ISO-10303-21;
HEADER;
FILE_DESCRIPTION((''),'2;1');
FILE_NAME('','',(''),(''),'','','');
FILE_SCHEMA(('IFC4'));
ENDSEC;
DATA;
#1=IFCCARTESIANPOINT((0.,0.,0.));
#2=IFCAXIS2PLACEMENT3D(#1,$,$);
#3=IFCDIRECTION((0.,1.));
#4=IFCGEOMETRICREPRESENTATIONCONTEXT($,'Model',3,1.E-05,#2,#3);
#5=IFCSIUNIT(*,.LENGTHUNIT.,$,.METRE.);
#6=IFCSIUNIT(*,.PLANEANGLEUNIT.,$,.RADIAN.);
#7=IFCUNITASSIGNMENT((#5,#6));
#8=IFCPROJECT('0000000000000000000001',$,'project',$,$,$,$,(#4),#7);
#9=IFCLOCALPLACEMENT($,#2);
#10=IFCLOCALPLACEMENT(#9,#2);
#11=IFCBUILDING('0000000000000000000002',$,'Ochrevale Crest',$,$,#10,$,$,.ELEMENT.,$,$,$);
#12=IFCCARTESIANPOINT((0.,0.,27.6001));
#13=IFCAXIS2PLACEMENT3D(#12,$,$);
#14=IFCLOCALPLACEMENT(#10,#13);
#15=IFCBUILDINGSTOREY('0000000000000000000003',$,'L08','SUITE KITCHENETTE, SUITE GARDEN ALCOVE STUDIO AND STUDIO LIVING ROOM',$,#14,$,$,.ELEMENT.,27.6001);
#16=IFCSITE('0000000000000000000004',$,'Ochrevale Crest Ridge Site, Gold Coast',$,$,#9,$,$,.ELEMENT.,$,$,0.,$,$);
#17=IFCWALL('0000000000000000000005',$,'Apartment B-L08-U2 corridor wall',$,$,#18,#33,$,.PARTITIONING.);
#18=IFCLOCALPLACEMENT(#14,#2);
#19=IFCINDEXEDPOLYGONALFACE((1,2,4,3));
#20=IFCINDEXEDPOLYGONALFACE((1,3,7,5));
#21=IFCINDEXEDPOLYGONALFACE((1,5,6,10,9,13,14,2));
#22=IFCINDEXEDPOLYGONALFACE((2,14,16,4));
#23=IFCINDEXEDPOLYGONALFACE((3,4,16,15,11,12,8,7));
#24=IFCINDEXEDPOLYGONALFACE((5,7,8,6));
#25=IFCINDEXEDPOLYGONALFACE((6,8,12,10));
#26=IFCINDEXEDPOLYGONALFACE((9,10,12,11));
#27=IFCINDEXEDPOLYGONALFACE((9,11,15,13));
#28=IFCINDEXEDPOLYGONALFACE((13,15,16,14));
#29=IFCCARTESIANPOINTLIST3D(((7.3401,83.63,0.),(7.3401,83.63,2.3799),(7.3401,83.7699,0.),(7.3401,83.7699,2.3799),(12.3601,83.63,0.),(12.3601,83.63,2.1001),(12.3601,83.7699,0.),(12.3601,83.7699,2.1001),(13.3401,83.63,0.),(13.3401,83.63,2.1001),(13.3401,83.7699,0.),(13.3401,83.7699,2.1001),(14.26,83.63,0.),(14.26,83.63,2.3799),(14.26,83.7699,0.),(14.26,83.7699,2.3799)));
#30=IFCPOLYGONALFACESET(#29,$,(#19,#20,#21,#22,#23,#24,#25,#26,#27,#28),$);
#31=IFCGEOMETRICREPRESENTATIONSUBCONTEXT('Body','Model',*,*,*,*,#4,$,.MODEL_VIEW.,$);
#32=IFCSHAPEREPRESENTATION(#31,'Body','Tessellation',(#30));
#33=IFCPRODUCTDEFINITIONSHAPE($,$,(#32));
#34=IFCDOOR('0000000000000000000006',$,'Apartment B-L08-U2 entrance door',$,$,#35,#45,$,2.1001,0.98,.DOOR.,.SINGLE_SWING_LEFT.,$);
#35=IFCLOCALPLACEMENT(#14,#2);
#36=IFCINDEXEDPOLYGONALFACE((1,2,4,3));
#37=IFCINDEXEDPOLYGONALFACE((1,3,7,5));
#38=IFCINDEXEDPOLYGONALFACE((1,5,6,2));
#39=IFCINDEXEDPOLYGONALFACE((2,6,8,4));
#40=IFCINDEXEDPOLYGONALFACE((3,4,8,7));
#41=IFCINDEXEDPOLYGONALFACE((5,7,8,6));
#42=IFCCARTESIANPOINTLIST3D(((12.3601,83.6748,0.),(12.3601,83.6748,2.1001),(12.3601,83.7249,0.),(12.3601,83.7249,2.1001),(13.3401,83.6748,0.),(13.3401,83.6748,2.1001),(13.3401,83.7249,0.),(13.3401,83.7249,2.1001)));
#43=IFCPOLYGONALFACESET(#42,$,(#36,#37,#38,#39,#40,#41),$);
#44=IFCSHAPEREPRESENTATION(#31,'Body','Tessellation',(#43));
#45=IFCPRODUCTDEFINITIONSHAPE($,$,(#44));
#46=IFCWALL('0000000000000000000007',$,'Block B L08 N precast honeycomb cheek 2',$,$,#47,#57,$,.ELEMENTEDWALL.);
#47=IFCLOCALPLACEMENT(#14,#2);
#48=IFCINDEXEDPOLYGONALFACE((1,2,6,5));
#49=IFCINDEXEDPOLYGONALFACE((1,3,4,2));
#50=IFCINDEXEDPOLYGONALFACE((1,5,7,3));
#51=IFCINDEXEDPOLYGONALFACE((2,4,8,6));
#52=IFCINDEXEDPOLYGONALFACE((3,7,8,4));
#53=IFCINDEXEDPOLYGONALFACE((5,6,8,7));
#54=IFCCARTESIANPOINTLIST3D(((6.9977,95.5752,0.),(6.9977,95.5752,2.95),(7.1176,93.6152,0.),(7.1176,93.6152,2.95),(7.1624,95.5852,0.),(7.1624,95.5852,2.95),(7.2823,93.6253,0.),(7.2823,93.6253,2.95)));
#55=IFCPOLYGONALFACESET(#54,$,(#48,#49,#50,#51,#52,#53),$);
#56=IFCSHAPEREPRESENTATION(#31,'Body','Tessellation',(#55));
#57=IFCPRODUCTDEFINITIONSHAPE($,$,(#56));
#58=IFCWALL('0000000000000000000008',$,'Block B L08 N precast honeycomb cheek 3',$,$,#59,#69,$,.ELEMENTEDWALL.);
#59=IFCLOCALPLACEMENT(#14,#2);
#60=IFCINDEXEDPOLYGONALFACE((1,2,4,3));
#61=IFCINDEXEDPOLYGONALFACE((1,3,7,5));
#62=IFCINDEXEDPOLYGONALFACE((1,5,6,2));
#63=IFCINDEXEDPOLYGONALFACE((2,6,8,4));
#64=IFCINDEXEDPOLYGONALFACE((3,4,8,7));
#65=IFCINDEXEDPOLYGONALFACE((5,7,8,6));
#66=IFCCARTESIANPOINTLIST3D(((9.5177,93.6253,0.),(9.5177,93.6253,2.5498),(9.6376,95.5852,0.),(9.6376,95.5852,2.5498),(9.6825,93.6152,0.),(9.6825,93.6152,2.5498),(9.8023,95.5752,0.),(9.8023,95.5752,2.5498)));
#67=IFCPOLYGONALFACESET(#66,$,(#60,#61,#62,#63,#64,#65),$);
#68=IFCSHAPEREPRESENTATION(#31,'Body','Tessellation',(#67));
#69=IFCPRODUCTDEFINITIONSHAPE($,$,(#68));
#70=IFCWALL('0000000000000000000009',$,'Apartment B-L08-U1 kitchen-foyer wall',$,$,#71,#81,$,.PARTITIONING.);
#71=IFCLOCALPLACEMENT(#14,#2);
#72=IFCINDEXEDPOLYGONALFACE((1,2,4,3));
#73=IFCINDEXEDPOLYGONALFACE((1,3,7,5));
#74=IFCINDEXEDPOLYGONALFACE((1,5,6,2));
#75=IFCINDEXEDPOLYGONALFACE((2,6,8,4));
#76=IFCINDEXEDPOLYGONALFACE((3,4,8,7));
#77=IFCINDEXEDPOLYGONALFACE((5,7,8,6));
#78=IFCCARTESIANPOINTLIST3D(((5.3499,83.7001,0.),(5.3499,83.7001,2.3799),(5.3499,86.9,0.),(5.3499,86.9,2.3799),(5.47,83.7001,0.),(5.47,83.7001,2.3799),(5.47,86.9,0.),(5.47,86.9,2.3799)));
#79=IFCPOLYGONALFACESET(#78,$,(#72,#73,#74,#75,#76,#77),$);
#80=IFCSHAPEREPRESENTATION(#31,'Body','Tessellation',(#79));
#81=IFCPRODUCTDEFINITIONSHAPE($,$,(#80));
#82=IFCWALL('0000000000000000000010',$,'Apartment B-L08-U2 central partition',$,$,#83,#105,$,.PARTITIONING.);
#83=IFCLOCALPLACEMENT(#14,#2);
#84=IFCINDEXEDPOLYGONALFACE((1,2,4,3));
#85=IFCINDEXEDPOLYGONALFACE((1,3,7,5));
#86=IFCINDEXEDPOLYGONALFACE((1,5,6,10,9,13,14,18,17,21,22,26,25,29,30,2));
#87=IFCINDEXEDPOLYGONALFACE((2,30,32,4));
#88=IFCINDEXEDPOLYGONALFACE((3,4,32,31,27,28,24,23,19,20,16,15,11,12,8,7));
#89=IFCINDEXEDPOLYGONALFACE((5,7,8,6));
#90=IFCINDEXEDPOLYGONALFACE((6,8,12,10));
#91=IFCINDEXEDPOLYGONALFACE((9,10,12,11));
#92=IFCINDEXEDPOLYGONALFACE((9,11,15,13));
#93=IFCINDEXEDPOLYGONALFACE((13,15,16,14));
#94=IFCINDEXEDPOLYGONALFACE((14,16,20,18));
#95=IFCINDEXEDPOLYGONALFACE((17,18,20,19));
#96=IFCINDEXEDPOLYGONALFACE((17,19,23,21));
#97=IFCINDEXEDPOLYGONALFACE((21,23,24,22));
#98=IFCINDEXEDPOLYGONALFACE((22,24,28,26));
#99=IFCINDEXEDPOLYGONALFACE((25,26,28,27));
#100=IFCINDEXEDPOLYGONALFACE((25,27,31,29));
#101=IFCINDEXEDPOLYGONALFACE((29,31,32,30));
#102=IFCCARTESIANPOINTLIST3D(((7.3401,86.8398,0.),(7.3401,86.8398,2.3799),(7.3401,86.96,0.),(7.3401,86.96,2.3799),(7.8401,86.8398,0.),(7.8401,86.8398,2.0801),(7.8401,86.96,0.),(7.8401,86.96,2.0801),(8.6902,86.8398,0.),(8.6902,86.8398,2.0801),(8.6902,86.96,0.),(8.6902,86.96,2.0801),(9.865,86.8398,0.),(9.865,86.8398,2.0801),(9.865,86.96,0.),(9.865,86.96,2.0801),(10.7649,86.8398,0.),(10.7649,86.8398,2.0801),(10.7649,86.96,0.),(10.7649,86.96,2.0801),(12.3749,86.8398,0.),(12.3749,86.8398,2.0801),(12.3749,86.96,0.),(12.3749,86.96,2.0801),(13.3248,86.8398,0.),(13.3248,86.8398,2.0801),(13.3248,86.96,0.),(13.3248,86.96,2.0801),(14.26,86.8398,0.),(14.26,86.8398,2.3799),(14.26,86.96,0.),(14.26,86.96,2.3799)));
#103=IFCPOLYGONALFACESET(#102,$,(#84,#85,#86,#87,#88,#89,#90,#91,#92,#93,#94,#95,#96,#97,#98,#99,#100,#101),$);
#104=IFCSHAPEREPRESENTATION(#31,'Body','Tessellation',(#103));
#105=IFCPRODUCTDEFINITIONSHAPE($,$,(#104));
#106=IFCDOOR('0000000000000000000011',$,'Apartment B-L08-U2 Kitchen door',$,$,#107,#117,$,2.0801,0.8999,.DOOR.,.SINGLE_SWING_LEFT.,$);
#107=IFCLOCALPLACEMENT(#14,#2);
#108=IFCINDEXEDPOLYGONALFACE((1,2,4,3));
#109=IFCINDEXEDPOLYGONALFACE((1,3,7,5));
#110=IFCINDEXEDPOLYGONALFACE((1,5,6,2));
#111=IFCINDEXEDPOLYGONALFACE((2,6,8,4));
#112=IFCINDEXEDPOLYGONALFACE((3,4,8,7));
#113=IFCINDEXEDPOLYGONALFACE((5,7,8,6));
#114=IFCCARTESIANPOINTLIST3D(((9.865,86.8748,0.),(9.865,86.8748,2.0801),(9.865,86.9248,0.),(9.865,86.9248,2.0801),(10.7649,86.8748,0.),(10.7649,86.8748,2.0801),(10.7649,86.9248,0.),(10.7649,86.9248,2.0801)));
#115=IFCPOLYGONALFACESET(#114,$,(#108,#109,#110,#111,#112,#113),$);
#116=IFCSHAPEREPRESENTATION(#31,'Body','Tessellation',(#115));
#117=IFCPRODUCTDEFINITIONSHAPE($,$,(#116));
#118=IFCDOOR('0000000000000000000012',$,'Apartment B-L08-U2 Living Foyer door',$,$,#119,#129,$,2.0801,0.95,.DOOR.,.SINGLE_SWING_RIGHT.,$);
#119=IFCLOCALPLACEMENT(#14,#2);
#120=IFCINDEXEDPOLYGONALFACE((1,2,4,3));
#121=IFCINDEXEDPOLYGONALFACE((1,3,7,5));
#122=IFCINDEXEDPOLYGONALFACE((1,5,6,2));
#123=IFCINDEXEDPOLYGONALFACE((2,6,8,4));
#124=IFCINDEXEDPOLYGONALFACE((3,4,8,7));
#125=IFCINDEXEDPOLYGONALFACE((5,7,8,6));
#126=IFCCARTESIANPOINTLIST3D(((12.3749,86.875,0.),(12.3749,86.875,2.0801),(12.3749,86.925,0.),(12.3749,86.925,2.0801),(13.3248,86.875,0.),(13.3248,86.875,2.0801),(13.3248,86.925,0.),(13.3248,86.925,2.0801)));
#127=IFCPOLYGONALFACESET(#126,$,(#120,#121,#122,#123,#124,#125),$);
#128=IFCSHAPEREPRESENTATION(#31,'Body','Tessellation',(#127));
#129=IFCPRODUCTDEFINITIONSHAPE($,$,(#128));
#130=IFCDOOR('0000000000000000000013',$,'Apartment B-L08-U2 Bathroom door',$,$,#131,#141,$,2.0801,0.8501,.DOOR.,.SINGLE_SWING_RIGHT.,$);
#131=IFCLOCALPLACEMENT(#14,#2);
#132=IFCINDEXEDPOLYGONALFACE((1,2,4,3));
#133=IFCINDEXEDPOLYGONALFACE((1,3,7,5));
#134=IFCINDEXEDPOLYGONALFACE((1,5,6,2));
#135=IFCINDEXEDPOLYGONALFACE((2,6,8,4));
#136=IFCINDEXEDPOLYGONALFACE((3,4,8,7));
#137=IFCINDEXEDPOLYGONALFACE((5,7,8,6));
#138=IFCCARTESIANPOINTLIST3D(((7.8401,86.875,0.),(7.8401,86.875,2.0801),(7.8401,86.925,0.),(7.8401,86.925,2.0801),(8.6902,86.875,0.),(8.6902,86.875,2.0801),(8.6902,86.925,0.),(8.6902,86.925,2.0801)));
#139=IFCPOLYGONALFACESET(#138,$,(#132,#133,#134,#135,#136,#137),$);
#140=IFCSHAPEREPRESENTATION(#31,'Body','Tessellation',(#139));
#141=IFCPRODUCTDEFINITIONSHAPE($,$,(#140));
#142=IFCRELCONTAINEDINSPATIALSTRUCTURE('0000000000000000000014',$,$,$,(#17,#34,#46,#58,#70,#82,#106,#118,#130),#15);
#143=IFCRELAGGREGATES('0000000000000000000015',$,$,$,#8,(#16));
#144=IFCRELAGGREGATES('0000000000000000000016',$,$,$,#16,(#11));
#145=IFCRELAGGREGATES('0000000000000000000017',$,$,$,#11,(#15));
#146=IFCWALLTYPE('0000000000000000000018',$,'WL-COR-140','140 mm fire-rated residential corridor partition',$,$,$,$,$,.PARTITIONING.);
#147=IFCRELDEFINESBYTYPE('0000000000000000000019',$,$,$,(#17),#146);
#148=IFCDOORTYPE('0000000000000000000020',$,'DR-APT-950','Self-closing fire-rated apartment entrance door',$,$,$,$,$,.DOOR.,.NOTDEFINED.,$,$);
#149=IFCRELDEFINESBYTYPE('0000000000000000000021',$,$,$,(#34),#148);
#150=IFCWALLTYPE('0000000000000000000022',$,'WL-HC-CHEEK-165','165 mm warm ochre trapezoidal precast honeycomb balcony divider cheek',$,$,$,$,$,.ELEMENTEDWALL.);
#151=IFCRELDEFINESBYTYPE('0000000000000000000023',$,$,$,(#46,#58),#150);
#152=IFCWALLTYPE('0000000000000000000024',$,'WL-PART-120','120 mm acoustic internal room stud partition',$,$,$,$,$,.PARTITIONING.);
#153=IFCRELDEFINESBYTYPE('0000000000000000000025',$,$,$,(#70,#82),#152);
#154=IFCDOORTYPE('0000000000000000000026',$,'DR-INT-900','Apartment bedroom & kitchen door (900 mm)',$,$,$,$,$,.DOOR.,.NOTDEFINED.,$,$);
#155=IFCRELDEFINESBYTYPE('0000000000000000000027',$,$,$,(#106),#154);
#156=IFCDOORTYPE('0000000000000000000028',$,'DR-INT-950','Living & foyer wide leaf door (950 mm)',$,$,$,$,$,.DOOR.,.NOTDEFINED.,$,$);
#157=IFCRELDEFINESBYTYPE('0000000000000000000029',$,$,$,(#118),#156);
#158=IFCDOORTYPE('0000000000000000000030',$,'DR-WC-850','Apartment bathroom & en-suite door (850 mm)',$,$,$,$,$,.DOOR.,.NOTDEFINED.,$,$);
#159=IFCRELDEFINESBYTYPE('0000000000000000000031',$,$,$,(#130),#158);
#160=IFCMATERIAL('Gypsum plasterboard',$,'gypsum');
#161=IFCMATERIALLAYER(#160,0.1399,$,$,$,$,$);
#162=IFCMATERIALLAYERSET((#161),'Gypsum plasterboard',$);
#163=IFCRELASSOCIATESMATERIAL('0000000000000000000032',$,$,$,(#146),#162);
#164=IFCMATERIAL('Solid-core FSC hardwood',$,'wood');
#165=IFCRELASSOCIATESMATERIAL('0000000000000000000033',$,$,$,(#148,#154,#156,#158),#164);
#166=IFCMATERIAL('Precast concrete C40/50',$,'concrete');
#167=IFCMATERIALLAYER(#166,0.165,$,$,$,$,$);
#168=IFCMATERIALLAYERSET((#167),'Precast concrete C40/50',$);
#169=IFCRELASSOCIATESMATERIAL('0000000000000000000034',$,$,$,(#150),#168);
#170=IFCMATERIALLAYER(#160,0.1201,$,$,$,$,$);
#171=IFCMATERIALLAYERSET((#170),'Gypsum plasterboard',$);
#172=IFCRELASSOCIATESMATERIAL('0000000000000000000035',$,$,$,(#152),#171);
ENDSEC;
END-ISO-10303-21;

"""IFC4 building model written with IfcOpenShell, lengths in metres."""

from ifc_helpers import new_model, si_unit, direction, frame, frame_2d, origin, place, context, subcontext, project, spatial, rectangle, extrude, material, layer, layer_set, type_object, element, fill, save


model = new_model("IFC4")

# Units and contexts
model_context = context("Model", 3, precision=1e-05, world=origin(), true_north=direction((0.0, 1.0)))
body_context = subcontext(model_context, "Body", "Model", "MODEL_VIEW")
ifc_project = project(units=[si_unit("LENGTHUNIT", "METRE"), si_unit("PLANEANGLEUNIT", "RADIAN")], contexts=[model_context])

# Site, building, storey
site_placement = place(None, origin())
site = spatial("IfcSite", under=ifc_project, at=site_placement, Name="Ochrevale Crest Ridge Site, Gold Coast", CompositionType="ELEMENT", RefElevation=0.0)
building_placement = place(site_placement, origin())
building = spatial("IfcBuilding", under=site, at=building_placement, Name="Ochrevale Crest", CompositionType="ELEMENT")
storey_placement = place(building_placement, frame((0.0, 0.0, 27.6001)))
storey = spatial("IfcBuildingStorey", under=building, at=storey_placement, Name="L08", Description="SUITE KITCHENETTE, SUITE GARDEN ALCOVE STUDIO AND STUDIO LIVING ROOM", CompositionType="ELEMENT", Elevation=27.6001)

# Shared definitions
ifc_material_1 = material(Name="Precast concrete C40/50", Category="concrete")

# Wall, opening, door
ifc_material_2 = material(Name="Gypsum plasterboard", Category="gypsum")
ifc_layer_1 = layer(ifc_material_2, 0.1399)
ifc_layer_set_1 = layer_set([ifc_layer_1], Name="Gypsum plasterboard")
wall_type_1 = type_object("IfcWallType", Name="WL-COR-140", Description="140 mm fire-rated residential corridor partition", PredefinedType="PARTITIONING", material=ifc_layer_set_1)
wall_1_placement = place(storey_placement, frame((7.3401, 83.7, 0.0), z_axis=(0.0, 0.0, 1.0), x_axis=(1.0, 0.0, 0.0)))
wall_1 = element("IfcWall", 1, at=wall_1_placement, inside=storey, type_object=wall_type_1, Name="Apartment B-L08-U2 corridor wall", PredefinedType="PARTITIONING", context=body_context, shape_type="SweptSolid", body=[
    extrude(rectangle(XDim=6.9199, YDim=0.1399, at=frame_2d((3.46, 0.0))), origin(), (0.0, 0.0, 1.0), 2.3799),
])
opening_1_placement = place(wall_1_placement, frame((5.02, 0.0, 0.0)))
opening_1 = element("IfcOpeningElement", 2, at=opening_1_placement, cuts=wall_1, PredefinedType="OPENING", context=body_context, shape_type="SweptSolid", body=[
    extrude(rectangle(XDim=0.98, YDim=2.1001, at=frame_2d((0.49, 1.05))), frame((0.0, 0.0801, 0.0), z_axis=(0.0, -1.0, 0.0), x_axis=(1.0, 0.0, 0.0)), (0.0, 0.0, 1.0), 0.1599),
])
ifc_material_3 = material(Name="Solid-core FSC hardwood", Category="wood")
door_type_1 = type_object("IfcDoorType", Name="DR-APT-950", Description="Self-closing fire-rated apartment entrance door", OperationType="NOTDEFINED", PredefinedType="DOOR", material=ifc_material_3)
door_1_placement = place(opening_1_placement, origin())
door_1 = element("IfcDoor", 3, at=door_1_placement, inside=storey, type_object=door_type_1, Name="Apartment B-L08-U2 entrance door", OperationType="SINGLE_SWING_LEFT", OverallHeight=2.1001, OverallWidth=0.98, PredefinedType="DOOR", context=body_context, shape_type="SweptSolid", body=[
    extrude(rectangle(XDim=0.98, YDim=2.1001, at=frame_2d((0.49, 1.05))), frame((0.0, 0.0249, 0.0), z_axis=(0.0, -1.0, 0.0), x_axis=(1.0, 0.0, 0.0)), (0.0, 0.0, 1.0), 0.05),
])
fill(opening_1, door_1)

# Walls
ifc_layer_2 = layer(ifc_material_1, 0.165)
ifc_layer_set_2 = layer_set([ifc_layer_2], Name="Precast concrete C40/50")
wall_type_2 = type_object("IfcWallType", Name="WL-HC-CHEEK-165", Description="165 mm warm ochre trapezoidal precast honeycomb balcony divider cheek", PredefinedType="ELEMENTEDWALL", material=ifc_layer_set_2)
wall_2_placement = place(storey_placement, frame((7.2, 93.6201, 0.0), z_axis=(0.0, 0.0, 1.0), x_axis=(-0.061047, 0.998135, 0.0)))
element("IfcWall", 4, at=wall_2_placement, inside=storey, type_object=wall_type_2, Name="Block B L08 N precast honeycomb cheek 2", PredefinedType="ELEMENTEDWALL", context=body_context, shape_type="SweptSolid", body=[
    extrude(rectangle(XDim=1.9636, YDim=0.165, at=frame_2d((0.9819, 0.0))), origin(), (0.0, 0.0, 1.0), 2.95),
])
wall_3_placement = place(storey_placement, frame((9.6001, 93.6201, 0.0), z_axis=(0.0, 0.0, 1.0), x_axis=(0.061047, 0.998135, 0.0)))
element("IfcWall", 5, at=wall_3_placement, inside=storey, type_object=wall_type_2, Name="Block B L08 N precast honeycomb cheek 3", PredefinedType="ELEMENTEDWALL", context=body_context, shape_type="SweptSolid", body=[
    extrude(rectangle(XDim=1.9636, YDim=0.165, at=frame_2d((0.9819, 0.0))), origin(), (0.0, 0.0, 1.0), 2.5498),
])
ifc_layer_3 = layer(ifc_material_2, 0.1201)
ifc_layer_set_3 = layer_set([ifc_layer_3], Name="Gypsum plasterboard")
wall_type_3 = type_object("IfcWallType", Name="WL-PART-120", Description="120 mm acoustic internal room stud partition", PredefinedType="PARTITIONING", material=ifc_layer_set_3)
wall_4_placement = place(storey_placement, frame((5.4099, 83.7, 0.0), z_axis=(0.0, 0.0, 1.0), x_axis=(0.0, 1.0, 0.0)))
element("IfcWall", 6, at=wall_4_placement, inside=storey, type_object=wall_type_3, Name="Apartment B-L08-U1 kitchen-foyer wall", PredefinedType="PARTITIONING", context=body_context, shape_type="SweptSolid", body=[
    extrude(rectangle(XDim=3.2, YDim=0.1201, at=frame_2d((1.6001, 0.0))), origin(), (0.0, 0.0, 1.0), 2.3799),
])

# Wall, openings, doors
wall_5_placement = place(storey_placement, frame((7.3401, 86.8999, 0.0), z_axis=(0.0, 0.0, 1.0), x_axis=(1.0, 0.0, 0.0)))
wall_5 = element("IfcWall", 7, at=wall_5_placement, inside=storey, type_object=wall_type_3, Name="Apartment B-L08-U2 central partition", PredefinedType="PARTITIONING", context=body_context, shape_type="SweptSolid", body=[
    extrude(rectangle(XDim=6.9199, YDim=0.1201, at=frame_2d((3.46, 0.0))), origin(), (0.0, 0.0, 1.0), 2.3799),
])
opening_2_placement = place(wall_5_placement, frame((1.3501, 0.0, 0.0), z_axis=(0.0, 0.0, 1.0), x_axis=(-1.0, 0.0, 0.0)))
opening_2 = element("IfcOpeningElement", 8, at=opening_2_placement, cuts=wall_5, PredefinedType="OPENING", context=body_context, shape_type="SweptSolid", body=[
    extrude(rectangle(XDim=0.8501, YDim=2.0801, at=frame_2d((0.425, 1.04))), frame((0.0, 0.0701, 0.0), z_axis=(0.0, -1.0, 0.0), x_axis=(1.0, 0.0, 0.0)), (0.0, 0.0, 1.0), 0.1401),
])
opening_3_placement = place(wall_5_placement, frame((2.5249, 0.0, 0.0)))
opening_3 = element("IfcOpeningElement", 9, at=opening_3_placement, cuts=wall_5, PredefinedType="OPENING", context=body_context, shape_type="SweptSolid", body=[
    extrude(rectangle(XDim=0.8999, YDim=2.0801, at=frame_2d((0.45, 1.04))), frame((0.0, 0.0701, 0.0), z_axis=(0.0, -1.0, 0.0), x_axis=(1.0, 0.0, 0.0)), (0.0, 0.0, 1.0), 0.1401),
])
opening_4_placement = place(wall_5_placement, frame((5.9849, 0.0, 0.0), z_axis=(0.0, 0.0, 1.0), x_axis=(-1.0, 0.0, 0.0)))
opening_4 = element("IfcOpeningElement", 10, at=opening_4_placement, cuts=wall_5, PredefinedType="OPENING", context=body_context, shape_type="SweptSolid", body=[
    extrude(rectangle(XDim=0.95, YDim=2.0801, at=frame_2d((0.4751, 1.04))), frame((0.0, 0.0701, 0.0), z_axis=(0.0, -1.0, 0.0), x_axis=(1.0, 0.0, 0.0)), (0.0, 0.0, 1.0), 0.1401),
])
door_type_2 = type_object("IfcDoorType", Name="DR-INT-900", Description="Apartment bedroom & kitchen door (900 mm)", OperationType="NOTDEFINED", PredefinedType="DOOR", material=ifc_material_3)
door_2_placement = place(opening_3_placement, origin())
door_2 = element("IfcDoor", 11, at=door_2_placement, inside=storey, type_object=door_type_2, Name="Apartment B-L08-U2 Kitchen door", OperationType="SINGLE_SWING_LEFT", OverallHeight=2.0801, OverallWidth=0.8999, PredefinedType="DOOR", context=body_context, shape_type="SweptSolid", body=[
    extrude(rectangle(XDim=0.8999, YDim=2.0801, at=frame_2d((0.45, 1.04))), frame((0.0, 0.0249, 0.0), z_axis=(0.0, -1.0, 0.0), x_axis=(1.0, 0.0, 0.0)), (0.0, 0.0, 1.0), 0.05),
])
fill(opening_3, door_2)
door_type_3 = type_object("IfcDoorType", Name="DR-INT-950", Description="Living & foyer wide leaf door (950 mm)", OperationType="NOTDEFINED", PredefinedType="DOOR", material=ifc_material_3)
door_3_placement = place(opening_4_placement, origin())
door_3 = element("IfcDoor", 12, at=door_3_placement, inside=storey, type_object=door_type_3, Name="Apartment B-L08-U2 Living Foyer door", OperationType="SINGLE_SWING_RIGHT", OverallHeight=2.0801, OverallWidth=0.95, PredefinedType="DOOR", context=body_context, shape_type="SweptSolid", body=[
    extrude(rectangle(XDim=0.95, YDim=2.0801, at=frame_2d((0.4751, 1.04))), frame((0.0, 0.0249, 0.0), z_axis=(0.0, -1.0, 0.0), x_axis=(1.0, 0.0, 0.0)), (0.0, 0.0, 1.0), 0.05),
])
fill(opening_4, door_3)
door_type_4 = type_object("IfcDoorType", Name="DR-WC-850", Description="Apartment bathroom & en-suite door (850 mm)", OperationType="NOTDEFINED", PredefinedType="DOOR", material=ifc_material_3)
door_4_placement = place(opening_2_placement, origin())
door_4 = element("IfcDoor", 13, at=door_4_placement, inside=storey, type_object=door_type_4, Name="Apartment B-L08-U2 Bathroom door", OperationType="SINGLE_SWING_RIGHT", OverallHeight=2.0801, OverallWidth=0.8501, PredefinedType="DOOR", context=body_context, shape_type="SweptSolid", body=[
    extrude(rectangle(XDim=0.8501, YDim=2.0801, at=frame_2d((0.425, 1.04))), frame((0.0, 0.0249, 0.0), z_axis=(0.0, -1.0, 0.0), x_axis=(1.0, 0.0, 0.0)), (0.0, 0.0, 1.0), 0.05),
])
fill(opening_2, door_4)

save(model, "model.ifc")
